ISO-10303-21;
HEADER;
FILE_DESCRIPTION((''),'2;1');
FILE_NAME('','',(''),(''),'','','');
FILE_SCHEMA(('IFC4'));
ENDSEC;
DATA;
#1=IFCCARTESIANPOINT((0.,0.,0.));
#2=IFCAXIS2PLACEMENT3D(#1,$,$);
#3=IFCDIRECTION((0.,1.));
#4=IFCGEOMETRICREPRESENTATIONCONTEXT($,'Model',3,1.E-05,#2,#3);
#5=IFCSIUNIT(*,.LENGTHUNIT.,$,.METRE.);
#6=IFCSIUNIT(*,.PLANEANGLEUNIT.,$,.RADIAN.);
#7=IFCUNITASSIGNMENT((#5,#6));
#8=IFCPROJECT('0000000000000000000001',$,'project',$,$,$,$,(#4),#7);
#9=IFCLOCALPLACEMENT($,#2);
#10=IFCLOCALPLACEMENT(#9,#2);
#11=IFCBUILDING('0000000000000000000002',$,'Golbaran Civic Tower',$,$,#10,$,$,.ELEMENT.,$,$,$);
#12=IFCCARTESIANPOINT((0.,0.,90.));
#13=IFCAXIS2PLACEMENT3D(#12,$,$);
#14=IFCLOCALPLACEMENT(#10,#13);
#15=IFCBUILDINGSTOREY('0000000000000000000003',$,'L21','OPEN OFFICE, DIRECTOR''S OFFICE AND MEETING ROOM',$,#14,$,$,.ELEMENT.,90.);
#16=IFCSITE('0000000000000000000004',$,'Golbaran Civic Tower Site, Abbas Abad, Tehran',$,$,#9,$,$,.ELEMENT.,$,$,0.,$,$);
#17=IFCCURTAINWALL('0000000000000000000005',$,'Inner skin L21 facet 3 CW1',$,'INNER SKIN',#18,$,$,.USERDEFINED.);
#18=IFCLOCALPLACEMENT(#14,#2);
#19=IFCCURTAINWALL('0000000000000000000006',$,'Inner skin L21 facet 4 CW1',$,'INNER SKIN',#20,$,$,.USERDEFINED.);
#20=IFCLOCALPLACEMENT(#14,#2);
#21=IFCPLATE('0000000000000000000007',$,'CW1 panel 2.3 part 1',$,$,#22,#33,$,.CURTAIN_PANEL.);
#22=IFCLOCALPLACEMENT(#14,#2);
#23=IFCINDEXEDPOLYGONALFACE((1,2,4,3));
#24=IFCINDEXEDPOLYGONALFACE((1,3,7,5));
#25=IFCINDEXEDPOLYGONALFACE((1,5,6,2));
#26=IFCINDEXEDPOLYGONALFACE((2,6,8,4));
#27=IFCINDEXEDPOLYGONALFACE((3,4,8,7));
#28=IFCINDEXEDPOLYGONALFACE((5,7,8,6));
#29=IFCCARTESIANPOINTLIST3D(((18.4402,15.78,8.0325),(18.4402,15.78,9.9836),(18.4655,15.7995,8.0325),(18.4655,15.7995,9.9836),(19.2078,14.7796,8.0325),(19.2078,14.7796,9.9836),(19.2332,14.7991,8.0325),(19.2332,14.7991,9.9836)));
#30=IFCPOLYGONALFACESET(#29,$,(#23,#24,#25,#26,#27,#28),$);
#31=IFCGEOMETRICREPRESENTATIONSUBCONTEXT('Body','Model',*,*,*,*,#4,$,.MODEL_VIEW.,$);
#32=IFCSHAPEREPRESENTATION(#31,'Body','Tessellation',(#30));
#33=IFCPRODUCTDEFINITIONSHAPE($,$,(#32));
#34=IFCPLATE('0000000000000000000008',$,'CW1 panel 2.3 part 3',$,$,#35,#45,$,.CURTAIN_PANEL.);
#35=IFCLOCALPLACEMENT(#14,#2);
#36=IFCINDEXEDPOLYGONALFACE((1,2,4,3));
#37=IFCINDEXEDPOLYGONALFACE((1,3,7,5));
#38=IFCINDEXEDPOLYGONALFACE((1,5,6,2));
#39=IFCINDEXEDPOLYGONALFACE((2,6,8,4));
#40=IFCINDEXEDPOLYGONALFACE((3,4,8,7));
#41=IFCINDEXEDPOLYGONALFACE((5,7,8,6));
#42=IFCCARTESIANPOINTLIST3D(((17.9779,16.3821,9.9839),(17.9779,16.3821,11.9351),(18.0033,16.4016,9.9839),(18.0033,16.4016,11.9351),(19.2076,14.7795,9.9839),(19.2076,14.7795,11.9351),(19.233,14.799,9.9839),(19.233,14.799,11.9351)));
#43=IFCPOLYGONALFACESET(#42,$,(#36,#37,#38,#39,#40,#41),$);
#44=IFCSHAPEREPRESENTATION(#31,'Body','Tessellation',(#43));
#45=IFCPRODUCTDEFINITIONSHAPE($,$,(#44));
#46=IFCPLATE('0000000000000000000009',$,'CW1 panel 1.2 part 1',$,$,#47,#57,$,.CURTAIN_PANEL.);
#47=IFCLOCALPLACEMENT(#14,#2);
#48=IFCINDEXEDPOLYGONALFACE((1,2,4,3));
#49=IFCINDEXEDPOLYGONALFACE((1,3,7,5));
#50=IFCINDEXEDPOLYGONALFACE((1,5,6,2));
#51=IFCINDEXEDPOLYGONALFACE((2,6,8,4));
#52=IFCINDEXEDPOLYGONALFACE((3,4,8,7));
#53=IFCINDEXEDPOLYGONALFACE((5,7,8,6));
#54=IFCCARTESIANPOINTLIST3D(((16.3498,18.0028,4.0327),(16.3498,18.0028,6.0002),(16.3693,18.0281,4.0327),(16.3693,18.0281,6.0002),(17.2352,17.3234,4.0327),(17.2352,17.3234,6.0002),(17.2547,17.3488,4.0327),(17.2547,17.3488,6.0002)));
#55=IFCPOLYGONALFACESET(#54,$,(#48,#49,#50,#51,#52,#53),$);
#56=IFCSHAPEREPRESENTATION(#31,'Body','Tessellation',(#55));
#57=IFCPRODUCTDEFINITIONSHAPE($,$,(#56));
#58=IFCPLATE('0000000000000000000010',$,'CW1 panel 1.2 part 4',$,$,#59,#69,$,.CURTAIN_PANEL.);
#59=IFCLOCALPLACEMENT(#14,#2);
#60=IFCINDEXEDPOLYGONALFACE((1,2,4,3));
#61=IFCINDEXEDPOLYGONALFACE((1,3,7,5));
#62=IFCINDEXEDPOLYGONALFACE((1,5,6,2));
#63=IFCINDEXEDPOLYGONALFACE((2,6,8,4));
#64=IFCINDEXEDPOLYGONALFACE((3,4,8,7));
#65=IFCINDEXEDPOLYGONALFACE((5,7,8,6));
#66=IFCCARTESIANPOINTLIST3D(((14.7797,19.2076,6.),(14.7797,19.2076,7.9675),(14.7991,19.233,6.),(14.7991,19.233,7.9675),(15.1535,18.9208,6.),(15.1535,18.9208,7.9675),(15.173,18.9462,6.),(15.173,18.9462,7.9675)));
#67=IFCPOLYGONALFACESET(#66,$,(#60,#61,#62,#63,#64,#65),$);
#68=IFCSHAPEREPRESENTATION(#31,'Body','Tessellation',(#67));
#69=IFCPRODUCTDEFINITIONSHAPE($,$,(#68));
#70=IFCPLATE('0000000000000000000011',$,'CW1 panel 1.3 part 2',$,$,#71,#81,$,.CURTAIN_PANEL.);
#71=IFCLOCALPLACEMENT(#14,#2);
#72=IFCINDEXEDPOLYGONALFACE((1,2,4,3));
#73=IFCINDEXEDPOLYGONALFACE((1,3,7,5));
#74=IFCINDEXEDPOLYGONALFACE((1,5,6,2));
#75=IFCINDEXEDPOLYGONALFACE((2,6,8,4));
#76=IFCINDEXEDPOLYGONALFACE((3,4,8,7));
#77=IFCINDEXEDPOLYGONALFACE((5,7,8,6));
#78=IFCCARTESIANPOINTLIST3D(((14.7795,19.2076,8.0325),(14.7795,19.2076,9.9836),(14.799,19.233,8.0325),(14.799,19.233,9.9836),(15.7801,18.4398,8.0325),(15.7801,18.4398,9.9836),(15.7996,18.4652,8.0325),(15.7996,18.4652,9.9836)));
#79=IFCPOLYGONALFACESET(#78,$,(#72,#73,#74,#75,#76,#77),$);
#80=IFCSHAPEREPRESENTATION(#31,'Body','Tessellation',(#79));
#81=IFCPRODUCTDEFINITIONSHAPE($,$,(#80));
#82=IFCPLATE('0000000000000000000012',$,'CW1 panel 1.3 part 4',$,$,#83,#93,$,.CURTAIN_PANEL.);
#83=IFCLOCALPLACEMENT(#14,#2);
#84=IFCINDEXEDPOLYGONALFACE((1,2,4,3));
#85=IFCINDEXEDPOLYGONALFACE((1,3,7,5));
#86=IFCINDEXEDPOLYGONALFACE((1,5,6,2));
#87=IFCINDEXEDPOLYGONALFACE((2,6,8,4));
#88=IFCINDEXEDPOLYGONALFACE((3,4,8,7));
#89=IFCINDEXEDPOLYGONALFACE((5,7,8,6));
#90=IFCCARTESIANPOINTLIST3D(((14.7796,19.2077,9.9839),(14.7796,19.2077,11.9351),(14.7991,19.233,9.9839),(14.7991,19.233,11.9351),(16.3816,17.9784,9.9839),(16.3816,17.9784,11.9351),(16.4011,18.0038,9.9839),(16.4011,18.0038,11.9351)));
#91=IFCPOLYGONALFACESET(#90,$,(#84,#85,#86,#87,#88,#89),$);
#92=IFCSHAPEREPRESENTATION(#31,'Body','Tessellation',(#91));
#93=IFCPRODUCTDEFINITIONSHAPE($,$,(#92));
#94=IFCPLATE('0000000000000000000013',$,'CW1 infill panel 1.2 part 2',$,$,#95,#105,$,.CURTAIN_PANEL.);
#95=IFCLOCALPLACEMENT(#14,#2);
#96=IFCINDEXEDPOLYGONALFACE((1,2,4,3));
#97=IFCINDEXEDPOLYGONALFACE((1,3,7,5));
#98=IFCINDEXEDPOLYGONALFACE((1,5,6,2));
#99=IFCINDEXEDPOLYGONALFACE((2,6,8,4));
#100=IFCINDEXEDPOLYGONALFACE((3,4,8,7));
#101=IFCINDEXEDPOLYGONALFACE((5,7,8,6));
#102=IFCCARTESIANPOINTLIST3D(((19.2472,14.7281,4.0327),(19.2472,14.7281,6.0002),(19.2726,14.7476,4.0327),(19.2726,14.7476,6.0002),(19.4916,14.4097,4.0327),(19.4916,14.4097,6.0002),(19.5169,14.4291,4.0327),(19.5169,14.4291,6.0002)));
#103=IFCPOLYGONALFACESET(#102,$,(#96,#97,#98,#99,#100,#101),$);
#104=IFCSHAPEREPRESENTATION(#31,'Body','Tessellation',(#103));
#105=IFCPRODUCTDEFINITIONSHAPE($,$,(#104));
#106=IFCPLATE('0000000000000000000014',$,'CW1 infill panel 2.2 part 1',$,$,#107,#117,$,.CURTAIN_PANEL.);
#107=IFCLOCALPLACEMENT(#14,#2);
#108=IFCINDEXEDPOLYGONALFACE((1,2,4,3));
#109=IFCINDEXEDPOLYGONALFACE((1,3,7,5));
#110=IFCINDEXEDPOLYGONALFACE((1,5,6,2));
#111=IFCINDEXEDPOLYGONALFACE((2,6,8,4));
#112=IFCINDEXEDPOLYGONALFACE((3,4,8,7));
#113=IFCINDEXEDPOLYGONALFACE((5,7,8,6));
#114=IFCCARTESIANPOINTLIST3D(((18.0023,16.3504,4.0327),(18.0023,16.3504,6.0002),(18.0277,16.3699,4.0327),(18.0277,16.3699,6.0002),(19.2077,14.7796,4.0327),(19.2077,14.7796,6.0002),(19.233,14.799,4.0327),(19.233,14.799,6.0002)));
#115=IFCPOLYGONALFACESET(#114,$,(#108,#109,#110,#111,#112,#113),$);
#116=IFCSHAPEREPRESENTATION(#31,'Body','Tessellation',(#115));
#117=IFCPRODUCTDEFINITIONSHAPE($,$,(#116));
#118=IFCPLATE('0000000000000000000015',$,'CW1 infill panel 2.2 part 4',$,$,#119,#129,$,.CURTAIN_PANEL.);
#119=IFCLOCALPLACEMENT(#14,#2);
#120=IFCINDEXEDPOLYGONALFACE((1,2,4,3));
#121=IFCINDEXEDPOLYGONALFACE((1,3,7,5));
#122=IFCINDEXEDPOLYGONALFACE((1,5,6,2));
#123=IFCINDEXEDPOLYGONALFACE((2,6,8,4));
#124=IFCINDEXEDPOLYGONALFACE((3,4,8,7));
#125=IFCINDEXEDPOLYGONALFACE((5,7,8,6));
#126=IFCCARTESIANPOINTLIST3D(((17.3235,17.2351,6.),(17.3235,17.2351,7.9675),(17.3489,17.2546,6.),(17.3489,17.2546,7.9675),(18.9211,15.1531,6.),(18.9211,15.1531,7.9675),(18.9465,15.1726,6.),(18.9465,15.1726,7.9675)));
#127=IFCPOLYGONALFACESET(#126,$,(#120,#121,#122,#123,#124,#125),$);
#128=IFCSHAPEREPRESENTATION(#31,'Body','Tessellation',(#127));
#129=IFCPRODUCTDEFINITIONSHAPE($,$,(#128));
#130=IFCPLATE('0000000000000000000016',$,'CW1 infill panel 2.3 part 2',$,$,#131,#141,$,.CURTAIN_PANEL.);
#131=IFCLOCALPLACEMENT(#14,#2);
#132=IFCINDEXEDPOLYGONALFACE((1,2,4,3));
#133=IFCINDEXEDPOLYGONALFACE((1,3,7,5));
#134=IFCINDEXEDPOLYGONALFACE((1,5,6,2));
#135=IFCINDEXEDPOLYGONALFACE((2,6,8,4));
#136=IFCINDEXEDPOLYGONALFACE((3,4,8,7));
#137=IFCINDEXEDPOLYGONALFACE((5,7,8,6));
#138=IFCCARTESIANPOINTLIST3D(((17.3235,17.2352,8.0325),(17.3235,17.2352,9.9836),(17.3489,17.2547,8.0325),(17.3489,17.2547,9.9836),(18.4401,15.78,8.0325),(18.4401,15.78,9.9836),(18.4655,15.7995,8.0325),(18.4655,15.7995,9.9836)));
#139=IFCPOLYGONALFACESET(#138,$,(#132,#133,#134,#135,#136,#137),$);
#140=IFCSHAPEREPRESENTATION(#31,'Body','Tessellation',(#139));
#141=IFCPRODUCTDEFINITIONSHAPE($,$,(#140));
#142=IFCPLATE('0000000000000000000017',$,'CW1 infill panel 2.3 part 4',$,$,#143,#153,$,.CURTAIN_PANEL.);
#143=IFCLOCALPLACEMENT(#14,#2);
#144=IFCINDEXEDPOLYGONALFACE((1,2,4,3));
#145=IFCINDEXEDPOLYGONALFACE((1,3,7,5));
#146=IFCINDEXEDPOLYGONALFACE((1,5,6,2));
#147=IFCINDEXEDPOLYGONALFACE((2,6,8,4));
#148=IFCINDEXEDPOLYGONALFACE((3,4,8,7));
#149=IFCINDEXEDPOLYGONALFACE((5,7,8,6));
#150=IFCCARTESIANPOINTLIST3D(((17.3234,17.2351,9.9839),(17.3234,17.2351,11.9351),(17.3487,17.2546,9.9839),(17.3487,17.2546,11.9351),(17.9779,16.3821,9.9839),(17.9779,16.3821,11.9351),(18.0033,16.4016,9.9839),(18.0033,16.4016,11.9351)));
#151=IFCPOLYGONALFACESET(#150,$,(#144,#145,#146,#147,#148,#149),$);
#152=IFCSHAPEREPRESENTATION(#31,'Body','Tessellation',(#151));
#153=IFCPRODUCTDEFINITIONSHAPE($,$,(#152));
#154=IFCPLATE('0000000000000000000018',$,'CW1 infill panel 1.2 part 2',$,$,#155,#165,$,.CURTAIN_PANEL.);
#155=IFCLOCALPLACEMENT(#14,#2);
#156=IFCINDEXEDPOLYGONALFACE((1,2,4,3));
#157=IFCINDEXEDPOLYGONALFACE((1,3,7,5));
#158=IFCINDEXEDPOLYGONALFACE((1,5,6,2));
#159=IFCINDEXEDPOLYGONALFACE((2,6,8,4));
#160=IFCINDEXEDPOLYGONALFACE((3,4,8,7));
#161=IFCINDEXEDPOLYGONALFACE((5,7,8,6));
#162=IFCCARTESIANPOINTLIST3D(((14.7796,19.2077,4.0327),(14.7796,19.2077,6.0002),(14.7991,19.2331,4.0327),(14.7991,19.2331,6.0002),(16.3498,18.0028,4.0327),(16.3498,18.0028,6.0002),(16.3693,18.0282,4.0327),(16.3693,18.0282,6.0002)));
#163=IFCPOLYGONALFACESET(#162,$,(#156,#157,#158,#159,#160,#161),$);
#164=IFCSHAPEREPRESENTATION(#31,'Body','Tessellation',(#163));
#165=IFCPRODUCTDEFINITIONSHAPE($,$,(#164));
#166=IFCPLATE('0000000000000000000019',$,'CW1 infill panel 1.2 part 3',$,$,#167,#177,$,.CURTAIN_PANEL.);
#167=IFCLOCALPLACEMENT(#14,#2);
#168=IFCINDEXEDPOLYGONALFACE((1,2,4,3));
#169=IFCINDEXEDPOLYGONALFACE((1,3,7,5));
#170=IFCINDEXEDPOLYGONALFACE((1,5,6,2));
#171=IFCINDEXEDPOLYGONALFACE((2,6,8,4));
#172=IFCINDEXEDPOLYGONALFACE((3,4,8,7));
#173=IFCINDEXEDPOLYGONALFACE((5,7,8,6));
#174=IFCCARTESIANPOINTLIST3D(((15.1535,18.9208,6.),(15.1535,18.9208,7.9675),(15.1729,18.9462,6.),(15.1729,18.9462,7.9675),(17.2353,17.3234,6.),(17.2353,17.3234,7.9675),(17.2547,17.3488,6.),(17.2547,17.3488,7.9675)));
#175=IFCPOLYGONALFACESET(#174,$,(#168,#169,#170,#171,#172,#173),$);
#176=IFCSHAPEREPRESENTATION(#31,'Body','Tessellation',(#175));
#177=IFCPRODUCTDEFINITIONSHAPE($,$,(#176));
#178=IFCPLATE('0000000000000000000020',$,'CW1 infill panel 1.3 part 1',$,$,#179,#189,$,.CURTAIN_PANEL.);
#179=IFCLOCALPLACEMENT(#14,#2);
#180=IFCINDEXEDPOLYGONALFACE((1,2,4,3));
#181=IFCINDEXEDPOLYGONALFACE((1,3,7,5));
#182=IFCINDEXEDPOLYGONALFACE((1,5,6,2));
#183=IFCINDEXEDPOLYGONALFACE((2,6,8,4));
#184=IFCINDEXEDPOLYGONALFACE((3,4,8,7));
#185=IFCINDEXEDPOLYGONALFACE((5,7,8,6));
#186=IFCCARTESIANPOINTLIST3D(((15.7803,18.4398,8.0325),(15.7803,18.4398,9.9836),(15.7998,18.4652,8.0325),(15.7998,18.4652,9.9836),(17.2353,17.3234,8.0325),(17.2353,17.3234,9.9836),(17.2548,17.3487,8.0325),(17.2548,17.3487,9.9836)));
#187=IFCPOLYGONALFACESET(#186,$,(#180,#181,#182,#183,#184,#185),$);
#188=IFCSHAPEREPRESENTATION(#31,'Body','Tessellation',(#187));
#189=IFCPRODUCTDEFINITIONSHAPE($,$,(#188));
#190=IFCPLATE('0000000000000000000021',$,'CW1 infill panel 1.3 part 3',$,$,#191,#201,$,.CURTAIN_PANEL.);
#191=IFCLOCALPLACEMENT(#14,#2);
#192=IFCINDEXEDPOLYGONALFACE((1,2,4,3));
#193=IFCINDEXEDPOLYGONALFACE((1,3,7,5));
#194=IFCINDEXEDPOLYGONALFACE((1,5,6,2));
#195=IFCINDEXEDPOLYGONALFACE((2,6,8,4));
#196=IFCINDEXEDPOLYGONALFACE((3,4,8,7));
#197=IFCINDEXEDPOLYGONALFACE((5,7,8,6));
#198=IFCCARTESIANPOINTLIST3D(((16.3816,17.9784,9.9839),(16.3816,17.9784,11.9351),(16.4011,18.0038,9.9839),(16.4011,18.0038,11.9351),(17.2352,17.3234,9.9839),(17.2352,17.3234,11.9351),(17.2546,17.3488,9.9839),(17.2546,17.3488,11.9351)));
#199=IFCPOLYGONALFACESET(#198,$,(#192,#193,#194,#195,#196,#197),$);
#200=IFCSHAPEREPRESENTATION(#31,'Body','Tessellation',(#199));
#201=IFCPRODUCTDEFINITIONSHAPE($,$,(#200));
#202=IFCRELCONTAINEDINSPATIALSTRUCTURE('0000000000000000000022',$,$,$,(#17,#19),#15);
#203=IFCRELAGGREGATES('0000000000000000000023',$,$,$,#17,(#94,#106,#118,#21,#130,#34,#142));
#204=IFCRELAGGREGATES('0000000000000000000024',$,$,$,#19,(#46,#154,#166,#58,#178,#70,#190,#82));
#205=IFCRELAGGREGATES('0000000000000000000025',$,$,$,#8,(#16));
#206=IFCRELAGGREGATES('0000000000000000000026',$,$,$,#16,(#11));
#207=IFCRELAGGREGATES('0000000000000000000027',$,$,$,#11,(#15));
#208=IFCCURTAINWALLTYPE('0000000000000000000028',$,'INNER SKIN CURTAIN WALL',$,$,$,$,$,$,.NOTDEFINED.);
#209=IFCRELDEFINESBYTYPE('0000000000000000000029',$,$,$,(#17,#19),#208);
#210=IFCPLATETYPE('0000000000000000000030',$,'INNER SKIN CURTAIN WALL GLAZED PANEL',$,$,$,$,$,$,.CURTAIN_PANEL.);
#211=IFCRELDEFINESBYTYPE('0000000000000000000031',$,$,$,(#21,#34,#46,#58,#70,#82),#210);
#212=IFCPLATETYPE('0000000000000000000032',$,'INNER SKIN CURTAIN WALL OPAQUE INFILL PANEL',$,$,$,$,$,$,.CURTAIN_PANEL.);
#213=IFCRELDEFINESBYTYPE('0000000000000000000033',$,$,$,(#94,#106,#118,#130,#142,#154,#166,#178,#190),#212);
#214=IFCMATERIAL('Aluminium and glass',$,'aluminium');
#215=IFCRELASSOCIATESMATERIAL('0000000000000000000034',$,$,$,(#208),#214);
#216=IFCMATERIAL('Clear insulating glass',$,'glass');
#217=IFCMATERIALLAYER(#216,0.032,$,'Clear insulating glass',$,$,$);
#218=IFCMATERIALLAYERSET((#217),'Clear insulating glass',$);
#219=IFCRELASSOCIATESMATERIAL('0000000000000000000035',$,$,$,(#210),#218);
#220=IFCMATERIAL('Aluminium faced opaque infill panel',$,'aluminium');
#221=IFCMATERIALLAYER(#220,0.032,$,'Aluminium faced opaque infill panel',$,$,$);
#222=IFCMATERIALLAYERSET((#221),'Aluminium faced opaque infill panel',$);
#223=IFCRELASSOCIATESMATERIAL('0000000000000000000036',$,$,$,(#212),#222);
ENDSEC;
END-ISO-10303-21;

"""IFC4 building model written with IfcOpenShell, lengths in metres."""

from ifc_helpers import new_model, si_unit, direction, frame, origin, origin_2d, place, context, subcontext, project, spatial, rectangle, extrude, material, layer, layer_set, type_object, element, aggregate, save


model = new_model("IFC4")

# Units and contexts
model_context = context("Model", 3, precision=1e-05, world=origin(), true_north=direction((0.0, 1.0)))
body_context = subcontext(model_context, "Body", "Model", "MODEL_VIEW")
ifc_project = project(units=[si_unit("LENGTHUNIT", "METRE"), si_unit("PLANEANGLEUNIT", "RADIAN")], contexts=[model_context])

# Site, building, storey
site_placement = place(None, origin())
site = spatial("IfcSite", under=ifc_project, at=site_placement, Name="Golbaran Civic Tower Site, Abbas Abad, Tehran", CompositionType="ELEMENT", RefElevation=0.0)
building_placement = place(site_placement, origin())
building = spatial("IfcBuilding", under=site, at=building_placement, Name="Golbaran Civic Tower", CompositionType="ELEMENT")
storey_placement = place(building_placement, frame((0.0, 0.0, 90.0)))
storey = spatial("IfcBuildingStorey", under=building, at=storey_placement, Name="L21", Description="OPEN OFFICE, DIRECTOR'S OFFICE AND MEETING ROOM", CompositionType="ELEMENT", Elevation=90.0)

# Curtain walls
ifc_material_1 = material(Name="Aluminium and glass", Category="aluminium")
curtain_wall_type = type_object("IfcCurtainWallType", Name="INNER SKIN CURTAIN WALL", PredefinedType="NOTDEFINED", material=ifc_material_1)
curtain_wall_1_placement = place(storey_placement, origin())
curtain_wall_1 = element("IfcCurtainWall", 1, at=curtain_wall_1_placement, inside=storey, type_object=curtain_wall_type, Name="Inner skin L21 facet 3 CW1", ObjectType="INNER SKIN", PredefinedType="USERDEFINED")
curtain_wall_2_placement = place(storey_placement, origin())
curtain_wall_2 = element("IfcCurtainWall", 2, at=curtain_wall_2_placement, inside=storey, type_object=curtain_wall_type, Name="Inner skin L21 facet 4 CW1", ObjectType="INNER SKIN", PredefinedType="USERDEFINED")

# Shared definitions
ifc_material_2 = material(Name="Clear insulating glass", Category="glass")
ifc_layer_1 = layer(ifc_material_2, 0.032, Name="Clear insulating glass")
ifc_layer_set_1 = layer_set([ifc_layer_1], Name="Clear insulating glass")
plate_type_1 = type_object("IfcPlateType", Name="INNER SKIN CURTAIN WALL GLAZED PANEL", PredefinedType="CURTAIN_PANEL", material=ifc_layer_set_1)

# Plates
plate_1_placement = place(storey_placement, frame((18.8367, 15.2896, 8.0325), z_axis=(0.0, 0.0, 1.0), x_axis=(-0.608761, 0.793353, 0.0)))
plate_1 = element("IfcPlate", 3, at=plate_1_placement, type_object=plate_type_1, Name="CW1 panel 2.3 part 1", PredefinedType="CURTAIN_PANEL", context=body_context, shape_type="SweptSolid", body=[
    extrude(rectangle(XDim=1.261, YDim=0.032, at=origin_2d()), origin(), (0.0, 0.0, 1.0), 1.9512),
])
plate_2_placement = place(storey_placement, frame((18.6055, 15.5906, 9.9839), z_axis=(0.0, 0.0, 1.0), x_axis=(-0.608761, 0.793353, 0.0)))
plate_2 = element("IfcPlate", 4, at=plate_2_placement, type_object=plate_type_1, Name="CW1 panel 2.3 part 3", PredefinedType="CURTAIN_PANEL", context=body_context, shape_type="SweptSolid", body=[
    extrude(rectangle(XDim=2.02, YDim=0.032, at=origin_2d()), origin(), (0.0, 0.0, 1.0), 1.9512),
])
plate_3_placement = place(storey_placement, frame((16.8022, 17.6758, 4.0327), z_axis=(0.0, 0.0, 1.0), x_axis=(-0.793353, 0.608761, 0.0)))
plate_3 = element("IfcPlate", 5, at=plate_3_placement, type_object=plate_type_1, Name="CW1 panel 1.2 part 1", PredefinedType="CURTAIN_PANEL", context=body_context, shape_type="SweptSolid", body=[
    extrude(rectangle(XDim=1.116, YDim=0.032, at=origin_2d()), origin(), (0.0, 0.0, 1.0), 1.9675),
])
plate_4_placement = place(storey_placement, frame((14.9763, 19.0769, 6.0), z_axis=(0.0, 0.0, 1.0), x_axis=(-0.793353, 0.608761, 0.0)))
plate_4 = element("IfcPlate", 6, at=plate_4_placement, type_object=plate_type_1, Name="CW1 panel 1.2 part 4", PredefinedType="CURTAIN_PANEL", context=body_context, shape_type="SweptSolid", body=[
    extrude(rectangle(XDim=0.4712, YDim=0.032, at=origin_2d()), origin(), (0.0, 0.0, 1.0), 1.9675),
])
plate_5_placement = place(storey_placement, frame((15.2896, 18.8364, 8.0325), z_axis=(0.0, 0.0, 1.0), x_axis=(-0.793353, 0.608761, 0.0)))
plate_5 = element("IfcPlate", 7, at=plate_5_placement, type_object=plate_type_1, Name="CW1 panel 1.3 part 2", PredefinedType="CURTAIN_PANEL", context=body_context, shape_type="SweptSolid", body=[
    extrude(rectangle(XDim=1.2612, YDim=0.032, at=origin_2d()), origin(), (0.0, 0.0, 1.0), 1.9512),
])
plate_6_placement = place(storey_placement, frame((15.5903, 18.6057, 9.9839), z_axis=(0.0, 0.0, 1.0), x_axis=(-0.793353, 0.608761, 0.0)))
plate_6 = element("IfcPlate", 8, at=plate_6_placement, type_object=plate_type_1, Name="CW1 panel 1.3 part 4", PredefinedType="CURTAIN_PANEL", context=body_context, shape_type="SweptSolid", body=[
    extrude(rectangle(XDim=2.0193, YDim=0.032, at=origin_2d()), origin(), (0.0, 0.0, 1.0), 1.9512),
])
ifc_material_3 = material(Name="Aluminium faced opaque infill panel", Category="aluminium")
ifc_layer_2 = layer(ifc_material_3, 0.032, Name="Aluminium faced opaque infill panel")
ifc_layer_set_2 = layer_set([ifc_layer_2], Name="Aluminium faced opaque infill panel")
plate_type_2 = type_object("IfcPlateType", Name="INNER SKIN CURTAIN WALL OPAQUE INFILL PANEL", PredefinedType="CURTAIN_PANEL", material=ifc_layer_set_2)
plate_7_placement = place(storey_placement, frame((19.3821, 14.5786, 4.0327), z_axis=(0.0, 0.0, 1.0), x_axis=(-0.608761, 0.793353, 0.0)))
plate_7 = element("IfcPlate", 9, at=plate_7_placement, type_object=plate_type_2, Name="CW1 infill panel 1.2 part 2", PredefinedType="CURTAIN_PANEL", context=body_context, shape_type="SweptSolid", body=[
    extrude(rectangle(XDim=0.4014, YDim=0.032, at=origin_2d()), origin(), (0.0, 0.0, 1.0), 1.9675),
])
plate_8_placement = place(storey_placement, frame((18.6177, 15.5747, 4.0327), z_axis=(0.0, 0.0, 1.0), x_axis=(-0.608761, 0.793353, 0.0)))
plate_8 = element("IfcPlate", 10, at=plate_8_placement, type_object=plate_type_2, Name="CW1 infill panel 2.2 part 1", PredefinedType="CURTAIN_PANEL", context=body_context, shape_type="SweptSolid", body=[
    extrude(rectangle(XDim=1.98, YDim=0.032, at=origin_2d()), origin(), (0.0, 0.0, 1.0), 1.9675),
])
plate_9_placement = place(storey_placement, frame((18.135, 16.2039, 6.0), z_axis=(0.0, 0.0, 1.0), x_axis=(-0.608761, 0.793353, 0.0)))
plate_9 = element("IfcPlate", 11, at=plate_9_placement, type_object=plate_type_2, Name="CW1 infill panel 2.2 part 4", PredefinedType="CURTAIN_PANEL", context=body_context, shape_type="SweptSolid", body=[
    extrude(rectangle(XDim=2.6243, YDim=0.032, at=origin_2d()), origin(), (0.0, 0.0, 1.0), 1.9675),
])
plate_10_placement = place(storey_placement, frame((17.8945, 16.5173, 8.0325), z_axis=(0.0, 0.0, 1.0), x_axis=(-0.608761, 0.793353, 0.0)))
plate_10 = element("IfcPlate", 12, at=plate_10_placement, type_object=plate_type_2, Name="CW1 infill panel 2.3 part 2", PredefinedType="CURTAIN_PANEL", context=body_context, shape_type="SweptSolid", body=[
    extrude(rectangle(XDim=1.8342, YDim=0.032, at=origin_2d()), origin(), (0.0, 0.0, 1.0), 1.9512),
])
plate_11_placement = place(storey_placement, frame((17.6633, 16.8184, 9.9839), z_axis=(0.0, 0.0, 1.0), x_axis=(-0.608761, 0.793353, 0.0)))
plate_11 = element("IfcPlate", 13, at=plate_11_placement, type_object=plate_type_2, Name="CW1 infill panel 2.3 part 4", PredefinedType="CURTAIN_PANEL", context=body_context, shape_type="SweptSolid", body=[
    extrude(rectangle(XDim=1.0752, YDim=0.032, at=origin_2d()), origin(), (0.0, 0.0, 1.0), 1.9512),
])
aggregate(curtain_wall_1, [plate_7, plate_8, plate_9, plate_1, plate_10, plate_2, plate_11])
plate_12_placement = place(storey_placement, frame((15.5745, 18.6179, 4.0327), z_axis=(0.0, 0.0, 1.0), x_axis=(-0.793353, 0.608761, 0.0)))
plate_12 = element("IfcPlate", 14, at=plate_12_placement, type_object=plate_type_2, Name="CW1 infill panel 1.2 part 2", PredefinedType="CURTAIN_PANEL", context=body_context, shape_type="SweptSolid", body=[
    extrude(rectangle(XDim=1.9792, YDim=0.032, at=origin_2d()), origin(), (0.0, 0.0, 1.0), 1.9675),
])
plate_13_placement = place(storey_placement, frame((16.2041, 18.1348, 6.0), z_axis=(0.0, 0.0, 1.0), x_axis=(-0.793353, 0.608761, 0.0)))
plate_13 = element("IfcPlate", 15, at=plate_13_placement, type_object=plate_type_2, Name="CW1 infill panel 1.2 part 3", PredefinedType="CURTAIN_PANEL", context=body_context, shape_type="SweptSolid", body=[
    extrude(rectangle(XDim=2.624, YDim=0.032, at=origin_2d()), origin(), (0.0, 0.0, 1.0), 1.9675),
])
plate_14_placement = place(storey_placement, frame((16.5176, 17.8943, 8.0325), z_axis=(0.0, 0.0, 1.0), x_axis=(-0.793353, 0.608761, 0.0)))
plate_14 = element("IfcPlate", 16, at=plate_14_placement, type_object=plate_type_2, Name="CW1 infill panel 1.3 part 1", PredefinedType="CURTAIN_PANEL", context=body_context, shape_type="SweptSolid", body=[
    extrude(rectangle(XDim=1.834, YDim=0.032, at=origin_2d()), origin(), (0.0, 0.0, 1.0), 1.9512),
])
plate_15_placement = place(storey_placement, frame((16.8181, 17.6636, 9.9839), z_axis=(0.0, 0.0, 1.0), x_axis=(-0.793353, 0.608761, 0.0)))
plate_15 = element("IfcPlate", 17, at=plate_15_placement, type_object=plate_type_2, Name="CW1 infill panel 1.3 part 3", PredefinedType="CURTAIN_PANEL", context=body_context, shape_type="SweptSolid", body=[
    extrude(rectangle(XDim=1.0759, YDim=0.032, at=origin_2d()), origin(), (0.0, 0.0, 1.0), 1.9512),
])
aggregate(curtain_wall_2, [plate_3, plate_12, plate_13, plate_4, plate_14, plate_5, plate_15, plate_6])

save(model, "model.ifc")
